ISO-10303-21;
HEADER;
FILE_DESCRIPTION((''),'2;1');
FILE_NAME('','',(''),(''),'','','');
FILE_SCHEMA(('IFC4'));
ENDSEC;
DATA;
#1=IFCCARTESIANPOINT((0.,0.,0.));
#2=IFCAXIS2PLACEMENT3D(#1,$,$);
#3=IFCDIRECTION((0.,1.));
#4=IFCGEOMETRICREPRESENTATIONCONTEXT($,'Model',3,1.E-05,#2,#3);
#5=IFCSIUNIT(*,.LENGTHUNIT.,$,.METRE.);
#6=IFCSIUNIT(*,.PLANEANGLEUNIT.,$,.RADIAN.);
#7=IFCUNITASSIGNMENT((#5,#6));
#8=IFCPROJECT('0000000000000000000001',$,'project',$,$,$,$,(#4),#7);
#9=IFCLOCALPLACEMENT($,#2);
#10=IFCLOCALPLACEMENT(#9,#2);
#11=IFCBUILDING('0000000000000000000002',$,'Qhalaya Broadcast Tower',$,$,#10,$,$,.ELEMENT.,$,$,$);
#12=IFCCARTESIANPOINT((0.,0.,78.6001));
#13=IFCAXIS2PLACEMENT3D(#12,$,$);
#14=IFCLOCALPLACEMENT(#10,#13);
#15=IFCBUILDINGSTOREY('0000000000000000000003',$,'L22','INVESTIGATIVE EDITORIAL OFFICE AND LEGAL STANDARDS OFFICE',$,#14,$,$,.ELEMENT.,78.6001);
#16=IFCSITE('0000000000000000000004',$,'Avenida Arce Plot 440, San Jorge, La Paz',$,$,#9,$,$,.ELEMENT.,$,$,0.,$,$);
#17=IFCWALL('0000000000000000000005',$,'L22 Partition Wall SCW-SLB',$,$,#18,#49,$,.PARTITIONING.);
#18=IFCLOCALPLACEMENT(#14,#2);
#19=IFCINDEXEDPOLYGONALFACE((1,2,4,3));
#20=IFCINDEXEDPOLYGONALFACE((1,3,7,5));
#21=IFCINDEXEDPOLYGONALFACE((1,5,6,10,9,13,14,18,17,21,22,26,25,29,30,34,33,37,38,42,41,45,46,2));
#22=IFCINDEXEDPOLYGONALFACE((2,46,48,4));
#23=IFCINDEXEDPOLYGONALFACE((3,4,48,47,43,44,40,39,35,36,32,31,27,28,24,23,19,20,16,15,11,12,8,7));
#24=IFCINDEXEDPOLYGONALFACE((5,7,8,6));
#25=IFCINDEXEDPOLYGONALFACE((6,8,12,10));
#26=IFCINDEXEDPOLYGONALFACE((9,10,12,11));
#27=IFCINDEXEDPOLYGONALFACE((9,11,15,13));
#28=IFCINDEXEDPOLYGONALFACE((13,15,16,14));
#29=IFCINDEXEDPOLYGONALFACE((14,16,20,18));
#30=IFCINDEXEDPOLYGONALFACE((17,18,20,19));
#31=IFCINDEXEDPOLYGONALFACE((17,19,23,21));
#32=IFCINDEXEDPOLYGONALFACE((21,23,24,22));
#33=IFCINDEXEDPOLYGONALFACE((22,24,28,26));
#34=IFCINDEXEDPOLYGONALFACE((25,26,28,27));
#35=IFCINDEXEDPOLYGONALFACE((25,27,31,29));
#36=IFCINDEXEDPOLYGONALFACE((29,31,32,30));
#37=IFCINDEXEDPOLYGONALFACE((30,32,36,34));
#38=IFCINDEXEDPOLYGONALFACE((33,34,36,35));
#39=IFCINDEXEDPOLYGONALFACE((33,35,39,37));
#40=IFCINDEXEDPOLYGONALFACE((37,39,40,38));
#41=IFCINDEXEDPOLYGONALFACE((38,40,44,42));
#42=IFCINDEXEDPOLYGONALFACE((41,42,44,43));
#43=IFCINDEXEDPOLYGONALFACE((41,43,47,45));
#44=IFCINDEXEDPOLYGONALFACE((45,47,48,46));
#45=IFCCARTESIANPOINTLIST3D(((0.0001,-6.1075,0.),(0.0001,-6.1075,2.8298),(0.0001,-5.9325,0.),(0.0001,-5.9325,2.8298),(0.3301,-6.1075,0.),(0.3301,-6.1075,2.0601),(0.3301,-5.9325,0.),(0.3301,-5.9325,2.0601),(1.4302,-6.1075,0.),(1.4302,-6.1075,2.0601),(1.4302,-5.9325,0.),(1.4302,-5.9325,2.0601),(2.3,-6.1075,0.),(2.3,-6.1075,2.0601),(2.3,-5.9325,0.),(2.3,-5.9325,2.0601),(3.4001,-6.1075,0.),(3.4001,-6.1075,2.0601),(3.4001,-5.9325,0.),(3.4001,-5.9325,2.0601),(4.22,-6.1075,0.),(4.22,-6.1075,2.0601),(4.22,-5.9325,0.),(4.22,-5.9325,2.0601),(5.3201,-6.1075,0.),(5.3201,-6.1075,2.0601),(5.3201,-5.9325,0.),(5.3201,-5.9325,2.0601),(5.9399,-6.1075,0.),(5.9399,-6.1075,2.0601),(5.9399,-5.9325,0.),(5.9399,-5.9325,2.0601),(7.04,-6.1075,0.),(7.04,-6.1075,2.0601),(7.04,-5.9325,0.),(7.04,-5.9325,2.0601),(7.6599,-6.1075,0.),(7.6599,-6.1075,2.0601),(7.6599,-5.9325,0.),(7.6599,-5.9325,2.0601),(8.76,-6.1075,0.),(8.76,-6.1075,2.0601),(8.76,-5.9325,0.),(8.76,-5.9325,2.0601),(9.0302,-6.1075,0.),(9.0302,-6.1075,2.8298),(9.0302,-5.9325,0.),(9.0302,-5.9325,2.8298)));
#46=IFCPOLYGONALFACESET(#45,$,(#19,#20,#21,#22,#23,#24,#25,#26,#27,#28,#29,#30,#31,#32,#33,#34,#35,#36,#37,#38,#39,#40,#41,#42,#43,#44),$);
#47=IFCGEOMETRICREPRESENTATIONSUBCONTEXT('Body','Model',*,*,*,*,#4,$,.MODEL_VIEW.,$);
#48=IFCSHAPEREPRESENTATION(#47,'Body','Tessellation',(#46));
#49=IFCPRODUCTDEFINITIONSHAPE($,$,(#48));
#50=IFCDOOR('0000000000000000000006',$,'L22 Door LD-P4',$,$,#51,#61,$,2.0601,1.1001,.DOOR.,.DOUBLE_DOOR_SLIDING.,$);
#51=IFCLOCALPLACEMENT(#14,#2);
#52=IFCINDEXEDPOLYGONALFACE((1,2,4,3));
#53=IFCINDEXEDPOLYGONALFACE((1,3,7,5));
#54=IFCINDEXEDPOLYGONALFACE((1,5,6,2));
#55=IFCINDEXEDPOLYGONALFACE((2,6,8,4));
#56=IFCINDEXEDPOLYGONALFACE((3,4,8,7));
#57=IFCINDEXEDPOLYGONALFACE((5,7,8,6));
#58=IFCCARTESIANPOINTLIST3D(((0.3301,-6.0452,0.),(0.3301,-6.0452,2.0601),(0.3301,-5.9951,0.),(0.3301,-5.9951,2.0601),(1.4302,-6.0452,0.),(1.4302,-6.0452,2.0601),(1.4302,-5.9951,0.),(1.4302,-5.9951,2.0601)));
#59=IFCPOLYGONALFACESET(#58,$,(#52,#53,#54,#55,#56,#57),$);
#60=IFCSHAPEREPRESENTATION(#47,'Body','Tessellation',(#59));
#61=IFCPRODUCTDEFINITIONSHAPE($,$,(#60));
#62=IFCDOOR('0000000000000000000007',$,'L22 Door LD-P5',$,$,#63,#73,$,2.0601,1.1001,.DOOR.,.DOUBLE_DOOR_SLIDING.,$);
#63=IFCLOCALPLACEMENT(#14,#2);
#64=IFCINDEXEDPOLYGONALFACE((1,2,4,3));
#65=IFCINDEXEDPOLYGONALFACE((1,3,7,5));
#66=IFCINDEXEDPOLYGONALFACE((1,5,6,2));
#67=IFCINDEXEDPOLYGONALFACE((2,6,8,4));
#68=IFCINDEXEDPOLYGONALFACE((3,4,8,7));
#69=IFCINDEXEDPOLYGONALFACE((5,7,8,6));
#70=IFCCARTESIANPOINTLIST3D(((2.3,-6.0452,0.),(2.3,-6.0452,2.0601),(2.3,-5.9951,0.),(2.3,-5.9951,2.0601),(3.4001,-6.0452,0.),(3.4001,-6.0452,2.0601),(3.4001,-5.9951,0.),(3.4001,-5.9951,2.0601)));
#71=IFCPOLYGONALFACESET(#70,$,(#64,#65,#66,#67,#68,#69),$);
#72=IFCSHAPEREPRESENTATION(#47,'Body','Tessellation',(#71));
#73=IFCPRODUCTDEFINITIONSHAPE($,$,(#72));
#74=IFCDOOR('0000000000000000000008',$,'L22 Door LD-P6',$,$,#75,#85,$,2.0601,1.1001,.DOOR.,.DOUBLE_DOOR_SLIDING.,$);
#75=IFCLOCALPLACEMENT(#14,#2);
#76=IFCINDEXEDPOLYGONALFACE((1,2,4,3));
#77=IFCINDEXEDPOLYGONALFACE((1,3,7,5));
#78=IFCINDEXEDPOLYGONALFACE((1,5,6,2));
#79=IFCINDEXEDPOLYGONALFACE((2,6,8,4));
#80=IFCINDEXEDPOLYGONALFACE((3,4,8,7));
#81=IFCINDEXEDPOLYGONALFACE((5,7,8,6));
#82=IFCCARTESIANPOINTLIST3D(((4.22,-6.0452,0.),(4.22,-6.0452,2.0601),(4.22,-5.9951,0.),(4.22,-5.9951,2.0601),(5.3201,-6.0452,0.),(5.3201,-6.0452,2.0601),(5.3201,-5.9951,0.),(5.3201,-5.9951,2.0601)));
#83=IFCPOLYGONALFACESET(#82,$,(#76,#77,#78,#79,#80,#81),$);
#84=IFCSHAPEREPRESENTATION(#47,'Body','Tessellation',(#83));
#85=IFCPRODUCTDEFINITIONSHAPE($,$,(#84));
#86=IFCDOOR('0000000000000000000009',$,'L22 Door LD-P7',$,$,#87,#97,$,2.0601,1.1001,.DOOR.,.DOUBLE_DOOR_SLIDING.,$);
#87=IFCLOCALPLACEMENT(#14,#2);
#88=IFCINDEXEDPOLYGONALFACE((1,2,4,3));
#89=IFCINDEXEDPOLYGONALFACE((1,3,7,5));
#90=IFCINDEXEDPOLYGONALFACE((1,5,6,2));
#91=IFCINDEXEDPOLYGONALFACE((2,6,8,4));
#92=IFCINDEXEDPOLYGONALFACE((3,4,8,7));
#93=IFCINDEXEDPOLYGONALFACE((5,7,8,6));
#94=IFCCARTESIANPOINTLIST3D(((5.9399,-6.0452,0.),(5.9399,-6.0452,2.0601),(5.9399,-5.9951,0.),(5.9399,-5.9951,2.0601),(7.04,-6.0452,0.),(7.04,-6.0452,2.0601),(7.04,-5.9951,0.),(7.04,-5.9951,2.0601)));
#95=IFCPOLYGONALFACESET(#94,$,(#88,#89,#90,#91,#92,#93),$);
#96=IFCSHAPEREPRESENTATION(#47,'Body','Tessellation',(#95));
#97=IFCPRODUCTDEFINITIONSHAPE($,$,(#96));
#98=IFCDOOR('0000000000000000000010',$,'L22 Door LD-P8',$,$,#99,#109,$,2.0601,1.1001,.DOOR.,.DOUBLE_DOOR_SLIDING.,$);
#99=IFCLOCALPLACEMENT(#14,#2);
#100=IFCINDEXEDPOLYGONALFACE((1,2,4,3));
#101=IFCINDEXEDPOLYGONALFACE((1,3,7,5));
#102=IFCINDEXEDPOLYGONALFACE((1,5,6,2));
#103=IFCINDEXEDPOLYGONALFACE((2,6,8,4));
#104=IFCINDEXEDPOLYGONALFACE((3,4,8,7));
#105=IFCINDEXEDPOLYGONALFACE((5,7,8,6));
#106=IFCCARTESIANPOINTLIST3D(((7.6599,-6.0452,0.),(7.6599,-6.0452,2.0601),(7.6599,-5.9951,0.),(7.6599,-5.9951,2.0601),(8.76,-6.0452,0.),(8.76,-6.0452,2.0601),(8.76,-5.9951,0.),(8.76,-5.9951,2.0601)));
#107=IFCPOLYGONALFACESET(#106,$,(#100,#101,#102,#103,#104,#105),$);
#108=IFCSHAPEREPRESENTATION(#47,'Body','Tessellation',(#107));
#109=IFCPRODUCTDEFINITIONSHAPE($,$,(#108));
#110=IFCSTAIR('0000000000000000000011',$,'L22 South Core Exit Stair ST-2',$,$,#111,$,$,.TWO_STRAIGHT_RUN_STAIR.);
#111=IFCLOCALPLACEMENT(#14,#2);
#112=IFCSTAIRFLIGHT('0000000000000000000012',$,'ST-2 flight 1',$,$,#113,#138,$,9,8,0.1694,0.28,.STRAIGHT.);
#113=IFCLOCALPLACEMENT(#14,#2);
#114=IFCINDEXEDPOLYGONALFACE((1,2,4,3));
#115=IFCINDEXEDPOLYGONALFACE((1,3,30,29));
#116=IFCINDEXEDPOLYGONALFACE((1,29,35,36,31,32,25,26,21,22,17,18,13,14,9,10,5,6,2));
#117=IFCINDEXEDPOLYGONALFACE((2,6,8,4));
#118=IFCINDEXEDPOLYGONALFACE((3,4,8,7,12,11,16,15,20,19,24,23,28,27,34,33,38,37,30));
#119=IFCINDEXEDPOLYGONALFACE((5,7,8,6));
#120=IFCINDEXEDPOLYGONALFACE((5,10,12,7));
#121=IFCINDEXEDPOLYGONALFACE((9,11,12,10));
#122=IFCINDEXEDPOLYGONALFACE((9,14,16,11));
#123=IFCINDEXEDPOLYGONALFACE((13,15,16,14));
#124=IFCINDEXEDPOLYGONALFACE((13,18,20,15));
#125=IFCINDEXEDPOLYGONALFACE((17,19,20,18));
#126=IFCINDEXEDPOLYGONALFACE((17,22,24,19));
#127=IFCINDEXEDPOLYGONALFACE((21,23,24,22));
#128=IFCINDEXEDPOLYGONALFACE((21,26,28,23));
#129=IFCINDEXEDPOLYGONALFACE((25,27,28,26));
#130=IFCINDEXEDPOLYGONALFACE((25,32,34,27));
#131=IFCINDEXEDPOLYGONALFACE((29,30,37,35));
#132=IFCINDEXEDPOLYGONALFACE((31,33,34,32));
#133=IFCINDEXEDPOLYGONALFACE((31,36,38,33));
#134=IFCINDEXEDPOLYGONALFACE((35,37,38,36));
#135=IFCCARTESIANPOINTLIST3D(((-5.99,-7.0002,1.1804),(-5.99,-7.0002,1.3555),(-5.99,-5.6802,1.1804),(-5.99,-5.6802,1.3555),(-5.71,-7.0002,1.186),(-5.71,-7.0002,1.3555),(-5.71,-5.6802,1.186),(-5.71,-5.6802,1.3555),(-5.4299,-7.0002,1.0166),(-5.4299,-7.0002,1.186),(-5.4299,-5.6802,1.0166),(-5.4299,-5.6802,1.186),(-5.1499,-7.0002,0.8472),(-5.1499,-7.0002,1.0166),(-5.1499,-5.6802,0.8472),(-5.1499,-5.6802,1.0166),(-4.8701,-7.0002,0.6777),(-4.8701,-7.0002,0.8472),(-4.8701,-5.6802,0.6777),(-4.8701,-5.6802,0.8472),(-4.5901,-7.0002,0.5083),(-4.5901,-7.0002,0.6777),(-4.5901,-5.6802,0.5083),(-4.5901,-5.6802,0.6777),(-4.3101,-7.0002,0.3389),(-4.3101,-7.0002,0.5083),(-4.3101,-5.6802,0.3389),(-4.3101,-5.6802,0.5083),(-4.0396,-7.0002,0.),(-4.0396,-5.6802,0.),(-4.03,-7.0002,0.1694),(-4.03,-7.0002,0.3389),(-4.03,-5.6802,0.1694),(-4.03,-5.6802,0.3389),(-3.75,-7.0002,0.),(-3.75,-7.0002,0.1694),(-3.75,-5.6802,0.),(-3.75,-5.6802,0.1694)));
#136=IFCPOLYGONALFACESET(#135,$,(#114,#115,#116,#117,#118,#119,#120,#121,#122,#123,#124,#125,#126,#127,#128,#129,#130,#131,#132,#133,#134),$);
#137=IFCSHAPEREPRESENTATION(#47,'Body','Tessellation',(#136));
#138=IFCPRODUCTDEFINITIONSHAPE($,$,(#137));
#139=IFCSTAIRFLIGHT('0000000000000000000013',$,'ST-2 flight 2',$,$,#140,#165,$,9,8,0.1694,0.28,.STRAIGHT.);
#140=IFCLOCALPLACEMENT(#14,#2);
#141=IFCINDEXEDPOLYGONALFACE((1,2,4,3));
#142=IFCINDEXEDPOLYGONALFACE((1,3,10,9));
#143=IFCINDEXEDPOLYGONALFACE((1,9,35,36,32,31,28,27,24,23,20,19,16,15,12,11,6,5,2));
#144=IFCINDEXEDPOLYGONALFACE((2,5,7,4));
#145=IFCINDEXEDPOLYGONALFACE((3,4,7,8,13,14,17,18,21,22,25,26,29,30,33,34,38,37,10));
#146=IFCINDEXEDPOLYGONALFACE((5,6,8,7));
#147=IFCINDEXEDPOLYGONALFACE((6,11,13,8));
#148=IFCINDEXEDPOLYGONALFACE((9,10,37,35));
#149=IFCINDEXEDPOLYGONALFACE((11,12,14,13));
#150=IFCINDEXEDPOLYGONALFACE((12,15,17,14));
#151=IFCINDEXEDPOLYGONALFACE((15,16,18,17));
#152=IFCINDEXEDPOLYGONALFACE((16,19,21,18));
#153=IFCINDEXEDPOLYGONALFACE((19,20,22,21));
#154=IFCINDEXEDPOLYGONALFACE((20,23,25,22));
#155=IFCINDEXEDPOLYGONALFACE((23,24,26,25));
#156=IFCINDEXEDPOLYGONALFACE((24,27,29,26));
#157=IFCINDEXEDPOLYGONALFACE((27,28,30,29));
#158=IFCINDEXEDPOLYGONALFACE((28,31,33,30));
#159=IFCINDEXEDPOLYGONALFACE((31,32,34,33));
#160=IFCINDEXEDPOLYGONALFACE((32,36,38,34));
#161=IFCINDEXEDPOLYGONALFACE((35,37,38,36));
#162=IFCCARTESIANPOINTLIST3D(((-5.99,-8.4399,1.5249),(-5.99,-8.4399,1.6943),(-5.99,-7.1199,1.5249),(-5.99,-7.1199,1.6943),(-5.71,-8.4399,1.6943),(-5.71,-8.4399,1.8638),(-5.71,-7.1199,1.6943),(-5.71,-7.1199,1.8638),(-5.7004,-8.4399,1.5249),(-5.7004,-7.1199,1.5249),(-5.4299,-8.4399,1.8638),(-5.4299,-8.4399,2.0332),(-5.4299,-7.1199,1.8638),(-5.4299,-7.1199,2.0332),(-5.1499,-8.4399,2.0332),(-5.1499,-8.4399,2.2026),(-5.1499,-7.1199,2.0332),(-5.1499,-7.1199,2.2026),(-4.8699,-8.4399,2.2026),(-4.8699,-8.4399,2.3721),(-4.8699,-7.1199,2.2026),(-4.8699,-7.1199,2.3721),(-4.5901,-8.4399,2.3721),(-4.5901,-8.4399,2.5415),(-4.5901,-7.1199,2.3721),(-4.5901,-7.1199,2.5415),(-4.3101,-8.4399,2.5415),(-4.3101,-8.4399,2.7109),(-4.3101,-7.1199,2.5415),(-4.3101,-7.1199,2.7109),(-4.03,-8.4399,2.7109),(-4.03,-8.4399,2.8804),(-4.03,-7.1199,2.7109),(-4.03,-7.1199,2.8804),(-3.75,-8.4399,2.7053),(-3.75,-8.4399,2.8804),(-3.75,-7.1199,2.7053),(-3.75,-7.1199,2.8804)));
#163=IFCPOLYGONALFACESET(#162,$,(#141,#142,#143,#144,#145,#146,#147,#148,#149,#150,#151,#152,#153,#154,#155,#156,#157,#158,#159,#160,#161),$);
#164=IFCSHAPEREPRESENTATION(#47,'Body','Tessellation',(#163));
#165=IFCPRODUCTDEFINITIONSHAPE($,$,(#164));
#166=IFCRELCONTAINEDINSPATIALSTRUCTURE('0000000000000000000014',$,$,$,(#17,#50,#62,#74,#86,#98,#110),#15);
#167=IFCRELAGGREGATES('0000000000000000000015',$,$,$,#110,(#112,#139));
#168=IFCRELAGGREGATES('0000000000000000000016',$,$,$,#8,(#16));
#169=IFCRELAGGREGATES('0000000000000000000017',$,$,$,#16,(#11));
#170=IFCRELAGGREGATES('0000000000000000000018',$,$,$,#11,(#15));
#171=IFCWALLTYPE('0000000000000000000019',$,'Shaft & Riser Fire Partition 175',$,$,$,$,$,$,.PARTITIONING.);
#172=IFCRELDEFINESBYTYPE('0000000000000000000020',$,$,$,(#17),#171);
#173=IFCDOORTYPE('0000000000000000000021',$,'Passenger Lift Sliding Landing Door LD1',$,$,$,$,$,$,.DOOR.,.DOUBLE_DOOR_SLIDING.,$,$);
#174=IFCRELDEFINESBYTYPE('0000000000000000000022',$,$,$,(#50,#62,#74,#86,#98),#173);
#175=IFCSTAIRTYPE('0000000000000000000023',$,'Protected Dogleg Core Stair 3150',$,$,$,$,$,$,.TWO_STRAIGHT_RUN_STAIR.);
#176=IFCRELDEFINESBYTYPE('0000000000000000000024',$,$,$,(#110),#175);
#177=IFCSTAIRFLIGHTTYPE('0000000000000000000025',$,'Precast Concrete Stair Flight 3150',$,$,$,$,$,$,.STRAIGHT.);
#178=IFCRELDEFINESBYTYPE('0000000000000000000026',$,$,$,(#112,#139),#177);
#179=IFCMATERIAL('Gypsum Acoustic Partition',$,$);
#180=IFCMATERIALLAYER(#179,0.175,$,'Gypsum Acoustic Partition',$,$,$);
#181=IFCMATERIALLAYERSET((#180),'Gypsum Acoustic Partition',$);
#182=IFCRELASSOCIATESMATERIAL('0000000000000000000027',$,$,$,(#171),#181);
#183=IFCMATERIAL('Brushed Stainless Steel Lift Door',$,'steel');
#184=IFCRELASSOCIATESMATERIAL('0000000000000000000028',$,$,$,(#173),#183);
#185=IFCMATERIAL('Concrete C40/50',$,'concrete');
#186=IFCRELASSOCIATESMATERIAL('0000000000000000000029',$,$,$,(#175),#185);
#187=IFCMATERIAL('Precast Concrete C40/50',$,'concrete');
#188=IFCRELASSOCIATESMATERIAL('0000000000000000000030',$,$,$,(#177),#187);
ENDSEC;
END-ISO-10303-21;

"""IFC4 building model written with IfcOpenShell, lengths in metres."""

from ifc_helpers import new_model, si_unit, direction, frame, frame_2d, origin, place, context, subcontext, project, spatial, polyline, rectangle, outline, extrude, material, layer, layer_set, type_object, element, fill, aggregate, save


model = new_model("IFC4")

# Units and contexts
model_context = context("Model", 3, precision=1e-05, world=origin(), true_north=direction((0.0, 1.0)))
body_context = subcontext(model_context, "Body", "Model", "MODEL_VIEW")
ifc_project = project(units=[si_unit("LENGTHUNIT", "METRE"), si_unit("PLANEANGLEUNIT", "RADIAN")], contexts=[model_context])

# Site, building, storey
site_placement = place(None, origin())
site = spatial("IfcSite", under=ifc_project, at=site_placement, Name="Avenida Arce Plot 440, San Jorge, La Paz", CompositionType="ELEMENT", RefElevation=0.0)
building_placement = place(site_placement, origin())
building = spatial("IfcBuilding", under=site, at=building_placement, Name="Qhalaya Broadcast Tower", CompositionType="ELEMENT")
storey_placement = place(building_placement, frame((0.0, 0.0, 78.6001)))
storey = spatial("IfcBuildingStorey", under=building, at=storey_placement, Name="L22", Description="INVESTIGATIVE EDITORIAL OFFICE AND LEGAL STANDARDS OFFICE", CompositionType="ELEMENT", Elevation=78.6001)

# Shared definitions
ifc_material_1 = material(Name="Brushed Stainless Steel Lift Door", Category="steel")

# Shared definitions
ifc_material_2 = material(Name="Gypsum Acoustic Partition")
ifc_layer_1 = layer(ifc_material_2, 0.175, Name="Gypsum Acoustic Partition")
ifc_layer_set_1 = layer_set([ifc_layer_1], Name="Gypsum Acoustic Partition")
wall_type_1 = type_object("IfcWallType", Name="Shaft & Riser Fire Partition 175", PredefinedType="PARTITIONING", material=ifc_layer_set_1)

# Wall, openings, doors
wall_1_placement = place(storey_placement, frame((0.0, -6.02, 0.0), z_axis=(0.0, 0.0, 1.0), x_axis=(1.0, 0.0, 0.0)))
wall_1 = element("IfcWall", 1, at=wall_1_placement, inside=storey, type_object=wall_type_1, Name="L22 Partition Wall SCW-SLB", PredefinedType="PARTITIONING", context=body_context, shape_type="SweptSolid", body=[
    extrude(rectangle(XDim=9.03, YDim=0.175, at=frame_2d((4.5151, 0.0))), origin(), (0.0, 0.0, 1.0), 2.8298),
])
opening_1_placement = place(wall_1_placement, frame((0.3301, 0.0, 0.0)))
opening_1 = element("IfcOpeningElement", 2, at=opening_1_placement, cuts=wall_1, PredefinedType="OPENING", context=body_context, shape_type="SweptSolid", body=[
    extrude(rectangle(XDim=1.1001, YDim=2.0601, at=frame_2d((0.55, 1.03))), frame((0.0, 0.0996, 0.0), z_axis=(0.0, -1.0, 0.0), x_axis=(1.0, 0.0, 0.0)), (0.0, 0.0, 1.0), 0.199),
])
opening_2_placement = place(wall_1_placement, frame((2.3, 0.0, 0.0)))
opening_2 = element("IfcOpeningElement", 3, at=opening_2_placement, cuts=wall_1, PredefinedType="OPENING", context=body_context, shape_type="SweptSolid", body=[
    extrude(rectangle(XDim=1.1001, YDim=2.0601, at=frame_2d((0.55, 1.03))), frame((0.0, 0.0996, 0.0), z_axis=(0.0, -1.0, 0.0), x_axis=(1.0, 0.0, 0.0)), (0.0, 0.0, 1.0), 0.199),
])
opening_3_placement = place(wall_1_placement, frame((4.22, 0.0, 0.0)))
opening_3 = element("IfcOpeningElement", 4, at=opening_3_placement, cuts=wall_1, PredefinedType="OPENING", context=body_context, shape_type="SweptSolid", body=[
    extrude(rectangle(XDim=1.1001, YDim=2.0601, at=frame_2d((0.55, 1.03))), frame((0.0, 0.0996, 0.0), z_axis=(0.0, -1.0, 0.0), x_axis=(1.0, 0.0, 0.0)), (0.0, 0.0, 1.0), 0.199),
])
opening_4_placement = place(wall_1_placement, frame((5.9399, 0.0, 0.0)))
opening_4 = element("IfcOpeningElement", 5, at=opening_4_placement, cuts=wall_1, PredefinedType="OPENING", context=body_context, shape_type="SweptSolid", body=[
    extrude(rectangle(XDim=1.1001, YDim=2.0601, at=frame_2d((0.55, 1.03))), frame((0.0, 0.0996, 0.0), z_axis=(0.0, -1.0, 0.0), x_axis=(1.0, 0.0, 0.0)), (0.0, 0.0, 1.0), 0.199),
])
opening_5_placement = place(wall_1_placement, frame((7.6599, 0.0, 0.0)))
opening_5 = element("IfcOpeningElement", 6, at=opening_5_placement, cuts=wall_1, PredefinedType="OPENING", context=body_context, shape_type="SweptSolid", body=[
    extrude(rectangle(XDim=1.1001, YDim=2.0601, at=frame_2d((0.55, 1.03))), frame((0.0, 0.0996, 0.0), z_axis=(0.0, -1.0, 0.0), x_axis=(1.0, 0.0, 0.0)), (0.0, 0.0, 1.0), 0.199),
])
door_type_1 = type_object("IfcDoorType", Name="Passenger Lift Sliding Landing Door LD1", OperationType="DOUBLE_DOOR_SLIDING", PredefinedType="DOOR", material=ifc_material_1)
door_1_placement = place(opening_1_placement, origin())
door_1 = element("IfcDoor", 7, at=door_1_placement, inside=storey, type_object=door_type_1, Name="L22 Door LD-P4", OperationType="DOUBLE_DOOR_SLIDING", OverallHeight=2.0601, OverallWidth=1.1001, PredefinedType="DOOR", context=body_context, shape_type="SweptSolid", body=[
    extrude(rectangle(XDim=1.1001, YDim=2.0601, at=frame_2d((0.55, 1.03))), frame((0.0, 0.0249, 0.0), z_axis=(0.0, -1.0, 0.0), x_axis=(1.0, 0.0, 0.0)), (0.0, 0.0, 1.0), 0.05),
])
fill(opening_1, door_1)
door_2_placement = place(opening_2_placement, origin())
door_2 = element("IfcDoor", 8, at=door_2_placement, inside=storey, type_object=door_type_1, Name="L22 Door LD-P5", OperationType="DOUBLE_DOOR_SLIDING", OverallHeight=2.0601, OverallWidth=1.1001, PredefinedType="DOOR", context=body_context, shape_type="SweptSolid", body=[
    extrude(rectangle(XDim=1.1001, YDim=2.0601, at=frame_2d((0.55, 1.03))), frame((0.0, 0.0249, 0.0), z_axis=(0.0, -1.0, 0.0), x_axis=(1.0, 0.0, 0.0)), (0.0, 0.0, 1.0), 0.05),
])
fill(opening_2, door_2)
door_3_placement = place(opening_3_placement, origin())
door_3 = element("IfcDoor", 9, at=door_3_placement, inside=storey, type_object=door_type_1, Name="L22 Door LD-P6", OperationType="DOUBLE_DOOR_SLIDING", OverallHeight=2.0601, OverallWidth=1.1001, PredefinedType="DOOR", context=body_context, shape_type="SweptSolid", body=[
    extrude(rectangle(XDim=1.1001, YDim=2.0601, at=frame_2d((0.55, 1.03))), frame((0.0, 0.0249, 0.0), z_axis=(0.0, -1.0, 0.0), x_axis=(1.0, 0.0, 0.0)), (0.0, 0.0, 1.0), 0.05),
])
fill(opening_3, door_3)
door_4_placement = place(opening_4_placement, origin())
door_4 = element("IfcDoor", 10, at=door_4_placement, inside=storey, type_object=door_type_1, Name="L22 Door LD-P7", OperationType="DOUBLE_DOOR_SLIDING", OverallHeight=2.0601, OverallWidth=1.1001, PredefinedType="DOOR", context=body_context, shape_type="SweptSolid", body=[
    extrude(rectangle(XDim=1.1001, YDim=2.0601, at=frame_2d((0.55, 1.03))), frame((0.0, 0.0249, 0.0), z_axis=(0.0, -1.0, 0.0), x_axis=(1.0, 0.0, 0.0)), (0.0, 0.0, 1.0), 0.05),
])
fill(opening_4, door_4)
door_5_placement = place(opening_5_placement, origin())
door_5 = element("IfcDoor", 11, at=door_5_placement, inside=storey, type_object=door_type_1, Name="L22 Door LD-P8", OperationType="DOUBLE_DOOR_SLIDING", OverallHeight=2.0601, OverallWidth=1.1001, PredefinedType="DOOR", context=body_context, shape_type="SweptSolid", body=[
    extrude(rectangle(XDim=1.1001, YDim=2.0601, at=frame_2d((0.55, 1.03))), frame((0.0, 0.0249, 0.0), z_axis=(0.0, -1.0, 0.0), x_axis=(1.0, 0.0, 0.0)), (0.0, 0.0, 1.0), 0.05),
])
fill(opening_5, door_5)

# Stair, stair flights
ifc_material_3 = material(Name="Concrete C40/50", Category="concrete")
stair_type = type_object("IfcStairType", Name="Protected Dogleg Core Stair 3150", PredefinedType="TWO_STRAIGHT_RUN_STAIR", material=ifc_material_3)
stair_placement = place(storey_placement, origin())
stair = element("IfcStair", 12, at=stair_placement, inside=storey, type_object=stair_type, Name="L22 South Core Exit Stair ST-2", PredefinedType="TWO_STRAIGHT_RUN_STAIR")
ifc_material_4 = material(Name="Precast Concrete C40/50", Category="concrete")
stair_flight_type = type_object("IfcStairFlightType", Name="Precast Concrete Stair Flight 3150", PredefinedType="STRAIGHT", material=ifc_material_4)
stair_flight_1_placement = place(storey_placement, frame((-3.75, -6.3401, 0.0), z_axis=(0.0, 0.0, 1.0), x_axis=(-1.0, 0.0, 0.0)))
stair_flight_1 = element("IfcStairFlight", 13, at=stair_flight_1_placement, type_object=stair_flight_type, Name="ST-2 flight 1", NumberOfRisers=9, NumberOfTreads=8, PredefinedType="STRAIGHT", RiserHeight=0.1694, TreadLength=0.28, context=body_context, shape_type="SweptSolid", body=[
    extrude(outline(polyline([(0.0, 0.0), (0.0, 0.1694), (0.28, 0.1694), (0.28, 0.3389), (0.5601, 0.3389), (0.5601, 0.5083), (0.8401, 0.5083), (0.8401, 0.6777), (1.1201, 0.6777), (1.1201, 0.8472), (1.3999, 0.8472), (1.3999, 1.0166), (1.6799, 1.0166), (1.6799, 1.186), (1.96, 1.186), (1.96, 1.3555), (2.24, 1.3555), (2.24, 1.5249), (2.24, 1.1804), (0.2896, 0.0), (0.0, 0.0)])), frame((0.0, 0.6602, 0.0), z_axis=(0.0, -1.0, 0.0), x_axis=(1.0, 0.0, 0.0)), (0.0, 0.0, 1.0), 1.3201),
])
stair_flight_2_placement = place(storey_placement, frame((-5.99, -7.78, 1.5249), z_axis=(0.0, 0.0, 1.0), x_axis=(1.0, 0.0, 0.0)))
stair_flight_2 = element("IfcStairFlight", 14, at=stair_flight_2_placement, type_object=stair_flight_type, Name="ST-2 flight 2", NumberOfRisers=9, NumberOfTreads=8, PredefinedType="STRAIGHT", RiserHeight=0.1694, TreadLength=0.28, context=body_context, shape_type="SweptSolid", body=[
    extrude(outline(polyline([(0.0, 0.0), (0.0, 0.1694), (0.28, 0.1694), (0.28, 0.3389), (0.5601, 0.3389), (0.5601, 0.5083), (0.8401, 0.5083), (0.8401, 0.6777), (1.1201, 0.6777), (1.1201, 0.8472), (1.3999, 0.8472), (1.3999, 1.0166), (1.6799, 1.0166), (1.6799, 1.186), (1.96, 1.186), (1.96, 1.3555), (2.24, 1.3555), (2.24, 1.5249), (2.24, 1.1804), (0.2896, 0.0), (0.0, 0.0)])), frame((0.0, 0.6602, 0.0), z_axis=(0.0, -1.0, 0.0), x_axis=(1.0, 0.0, 0.0)), (0.0, 0.0, 1.0), 1.3201),
])
aggregate(stair, [stair_flight_1, stair_flight_2])

save(model, "model.ifc")
